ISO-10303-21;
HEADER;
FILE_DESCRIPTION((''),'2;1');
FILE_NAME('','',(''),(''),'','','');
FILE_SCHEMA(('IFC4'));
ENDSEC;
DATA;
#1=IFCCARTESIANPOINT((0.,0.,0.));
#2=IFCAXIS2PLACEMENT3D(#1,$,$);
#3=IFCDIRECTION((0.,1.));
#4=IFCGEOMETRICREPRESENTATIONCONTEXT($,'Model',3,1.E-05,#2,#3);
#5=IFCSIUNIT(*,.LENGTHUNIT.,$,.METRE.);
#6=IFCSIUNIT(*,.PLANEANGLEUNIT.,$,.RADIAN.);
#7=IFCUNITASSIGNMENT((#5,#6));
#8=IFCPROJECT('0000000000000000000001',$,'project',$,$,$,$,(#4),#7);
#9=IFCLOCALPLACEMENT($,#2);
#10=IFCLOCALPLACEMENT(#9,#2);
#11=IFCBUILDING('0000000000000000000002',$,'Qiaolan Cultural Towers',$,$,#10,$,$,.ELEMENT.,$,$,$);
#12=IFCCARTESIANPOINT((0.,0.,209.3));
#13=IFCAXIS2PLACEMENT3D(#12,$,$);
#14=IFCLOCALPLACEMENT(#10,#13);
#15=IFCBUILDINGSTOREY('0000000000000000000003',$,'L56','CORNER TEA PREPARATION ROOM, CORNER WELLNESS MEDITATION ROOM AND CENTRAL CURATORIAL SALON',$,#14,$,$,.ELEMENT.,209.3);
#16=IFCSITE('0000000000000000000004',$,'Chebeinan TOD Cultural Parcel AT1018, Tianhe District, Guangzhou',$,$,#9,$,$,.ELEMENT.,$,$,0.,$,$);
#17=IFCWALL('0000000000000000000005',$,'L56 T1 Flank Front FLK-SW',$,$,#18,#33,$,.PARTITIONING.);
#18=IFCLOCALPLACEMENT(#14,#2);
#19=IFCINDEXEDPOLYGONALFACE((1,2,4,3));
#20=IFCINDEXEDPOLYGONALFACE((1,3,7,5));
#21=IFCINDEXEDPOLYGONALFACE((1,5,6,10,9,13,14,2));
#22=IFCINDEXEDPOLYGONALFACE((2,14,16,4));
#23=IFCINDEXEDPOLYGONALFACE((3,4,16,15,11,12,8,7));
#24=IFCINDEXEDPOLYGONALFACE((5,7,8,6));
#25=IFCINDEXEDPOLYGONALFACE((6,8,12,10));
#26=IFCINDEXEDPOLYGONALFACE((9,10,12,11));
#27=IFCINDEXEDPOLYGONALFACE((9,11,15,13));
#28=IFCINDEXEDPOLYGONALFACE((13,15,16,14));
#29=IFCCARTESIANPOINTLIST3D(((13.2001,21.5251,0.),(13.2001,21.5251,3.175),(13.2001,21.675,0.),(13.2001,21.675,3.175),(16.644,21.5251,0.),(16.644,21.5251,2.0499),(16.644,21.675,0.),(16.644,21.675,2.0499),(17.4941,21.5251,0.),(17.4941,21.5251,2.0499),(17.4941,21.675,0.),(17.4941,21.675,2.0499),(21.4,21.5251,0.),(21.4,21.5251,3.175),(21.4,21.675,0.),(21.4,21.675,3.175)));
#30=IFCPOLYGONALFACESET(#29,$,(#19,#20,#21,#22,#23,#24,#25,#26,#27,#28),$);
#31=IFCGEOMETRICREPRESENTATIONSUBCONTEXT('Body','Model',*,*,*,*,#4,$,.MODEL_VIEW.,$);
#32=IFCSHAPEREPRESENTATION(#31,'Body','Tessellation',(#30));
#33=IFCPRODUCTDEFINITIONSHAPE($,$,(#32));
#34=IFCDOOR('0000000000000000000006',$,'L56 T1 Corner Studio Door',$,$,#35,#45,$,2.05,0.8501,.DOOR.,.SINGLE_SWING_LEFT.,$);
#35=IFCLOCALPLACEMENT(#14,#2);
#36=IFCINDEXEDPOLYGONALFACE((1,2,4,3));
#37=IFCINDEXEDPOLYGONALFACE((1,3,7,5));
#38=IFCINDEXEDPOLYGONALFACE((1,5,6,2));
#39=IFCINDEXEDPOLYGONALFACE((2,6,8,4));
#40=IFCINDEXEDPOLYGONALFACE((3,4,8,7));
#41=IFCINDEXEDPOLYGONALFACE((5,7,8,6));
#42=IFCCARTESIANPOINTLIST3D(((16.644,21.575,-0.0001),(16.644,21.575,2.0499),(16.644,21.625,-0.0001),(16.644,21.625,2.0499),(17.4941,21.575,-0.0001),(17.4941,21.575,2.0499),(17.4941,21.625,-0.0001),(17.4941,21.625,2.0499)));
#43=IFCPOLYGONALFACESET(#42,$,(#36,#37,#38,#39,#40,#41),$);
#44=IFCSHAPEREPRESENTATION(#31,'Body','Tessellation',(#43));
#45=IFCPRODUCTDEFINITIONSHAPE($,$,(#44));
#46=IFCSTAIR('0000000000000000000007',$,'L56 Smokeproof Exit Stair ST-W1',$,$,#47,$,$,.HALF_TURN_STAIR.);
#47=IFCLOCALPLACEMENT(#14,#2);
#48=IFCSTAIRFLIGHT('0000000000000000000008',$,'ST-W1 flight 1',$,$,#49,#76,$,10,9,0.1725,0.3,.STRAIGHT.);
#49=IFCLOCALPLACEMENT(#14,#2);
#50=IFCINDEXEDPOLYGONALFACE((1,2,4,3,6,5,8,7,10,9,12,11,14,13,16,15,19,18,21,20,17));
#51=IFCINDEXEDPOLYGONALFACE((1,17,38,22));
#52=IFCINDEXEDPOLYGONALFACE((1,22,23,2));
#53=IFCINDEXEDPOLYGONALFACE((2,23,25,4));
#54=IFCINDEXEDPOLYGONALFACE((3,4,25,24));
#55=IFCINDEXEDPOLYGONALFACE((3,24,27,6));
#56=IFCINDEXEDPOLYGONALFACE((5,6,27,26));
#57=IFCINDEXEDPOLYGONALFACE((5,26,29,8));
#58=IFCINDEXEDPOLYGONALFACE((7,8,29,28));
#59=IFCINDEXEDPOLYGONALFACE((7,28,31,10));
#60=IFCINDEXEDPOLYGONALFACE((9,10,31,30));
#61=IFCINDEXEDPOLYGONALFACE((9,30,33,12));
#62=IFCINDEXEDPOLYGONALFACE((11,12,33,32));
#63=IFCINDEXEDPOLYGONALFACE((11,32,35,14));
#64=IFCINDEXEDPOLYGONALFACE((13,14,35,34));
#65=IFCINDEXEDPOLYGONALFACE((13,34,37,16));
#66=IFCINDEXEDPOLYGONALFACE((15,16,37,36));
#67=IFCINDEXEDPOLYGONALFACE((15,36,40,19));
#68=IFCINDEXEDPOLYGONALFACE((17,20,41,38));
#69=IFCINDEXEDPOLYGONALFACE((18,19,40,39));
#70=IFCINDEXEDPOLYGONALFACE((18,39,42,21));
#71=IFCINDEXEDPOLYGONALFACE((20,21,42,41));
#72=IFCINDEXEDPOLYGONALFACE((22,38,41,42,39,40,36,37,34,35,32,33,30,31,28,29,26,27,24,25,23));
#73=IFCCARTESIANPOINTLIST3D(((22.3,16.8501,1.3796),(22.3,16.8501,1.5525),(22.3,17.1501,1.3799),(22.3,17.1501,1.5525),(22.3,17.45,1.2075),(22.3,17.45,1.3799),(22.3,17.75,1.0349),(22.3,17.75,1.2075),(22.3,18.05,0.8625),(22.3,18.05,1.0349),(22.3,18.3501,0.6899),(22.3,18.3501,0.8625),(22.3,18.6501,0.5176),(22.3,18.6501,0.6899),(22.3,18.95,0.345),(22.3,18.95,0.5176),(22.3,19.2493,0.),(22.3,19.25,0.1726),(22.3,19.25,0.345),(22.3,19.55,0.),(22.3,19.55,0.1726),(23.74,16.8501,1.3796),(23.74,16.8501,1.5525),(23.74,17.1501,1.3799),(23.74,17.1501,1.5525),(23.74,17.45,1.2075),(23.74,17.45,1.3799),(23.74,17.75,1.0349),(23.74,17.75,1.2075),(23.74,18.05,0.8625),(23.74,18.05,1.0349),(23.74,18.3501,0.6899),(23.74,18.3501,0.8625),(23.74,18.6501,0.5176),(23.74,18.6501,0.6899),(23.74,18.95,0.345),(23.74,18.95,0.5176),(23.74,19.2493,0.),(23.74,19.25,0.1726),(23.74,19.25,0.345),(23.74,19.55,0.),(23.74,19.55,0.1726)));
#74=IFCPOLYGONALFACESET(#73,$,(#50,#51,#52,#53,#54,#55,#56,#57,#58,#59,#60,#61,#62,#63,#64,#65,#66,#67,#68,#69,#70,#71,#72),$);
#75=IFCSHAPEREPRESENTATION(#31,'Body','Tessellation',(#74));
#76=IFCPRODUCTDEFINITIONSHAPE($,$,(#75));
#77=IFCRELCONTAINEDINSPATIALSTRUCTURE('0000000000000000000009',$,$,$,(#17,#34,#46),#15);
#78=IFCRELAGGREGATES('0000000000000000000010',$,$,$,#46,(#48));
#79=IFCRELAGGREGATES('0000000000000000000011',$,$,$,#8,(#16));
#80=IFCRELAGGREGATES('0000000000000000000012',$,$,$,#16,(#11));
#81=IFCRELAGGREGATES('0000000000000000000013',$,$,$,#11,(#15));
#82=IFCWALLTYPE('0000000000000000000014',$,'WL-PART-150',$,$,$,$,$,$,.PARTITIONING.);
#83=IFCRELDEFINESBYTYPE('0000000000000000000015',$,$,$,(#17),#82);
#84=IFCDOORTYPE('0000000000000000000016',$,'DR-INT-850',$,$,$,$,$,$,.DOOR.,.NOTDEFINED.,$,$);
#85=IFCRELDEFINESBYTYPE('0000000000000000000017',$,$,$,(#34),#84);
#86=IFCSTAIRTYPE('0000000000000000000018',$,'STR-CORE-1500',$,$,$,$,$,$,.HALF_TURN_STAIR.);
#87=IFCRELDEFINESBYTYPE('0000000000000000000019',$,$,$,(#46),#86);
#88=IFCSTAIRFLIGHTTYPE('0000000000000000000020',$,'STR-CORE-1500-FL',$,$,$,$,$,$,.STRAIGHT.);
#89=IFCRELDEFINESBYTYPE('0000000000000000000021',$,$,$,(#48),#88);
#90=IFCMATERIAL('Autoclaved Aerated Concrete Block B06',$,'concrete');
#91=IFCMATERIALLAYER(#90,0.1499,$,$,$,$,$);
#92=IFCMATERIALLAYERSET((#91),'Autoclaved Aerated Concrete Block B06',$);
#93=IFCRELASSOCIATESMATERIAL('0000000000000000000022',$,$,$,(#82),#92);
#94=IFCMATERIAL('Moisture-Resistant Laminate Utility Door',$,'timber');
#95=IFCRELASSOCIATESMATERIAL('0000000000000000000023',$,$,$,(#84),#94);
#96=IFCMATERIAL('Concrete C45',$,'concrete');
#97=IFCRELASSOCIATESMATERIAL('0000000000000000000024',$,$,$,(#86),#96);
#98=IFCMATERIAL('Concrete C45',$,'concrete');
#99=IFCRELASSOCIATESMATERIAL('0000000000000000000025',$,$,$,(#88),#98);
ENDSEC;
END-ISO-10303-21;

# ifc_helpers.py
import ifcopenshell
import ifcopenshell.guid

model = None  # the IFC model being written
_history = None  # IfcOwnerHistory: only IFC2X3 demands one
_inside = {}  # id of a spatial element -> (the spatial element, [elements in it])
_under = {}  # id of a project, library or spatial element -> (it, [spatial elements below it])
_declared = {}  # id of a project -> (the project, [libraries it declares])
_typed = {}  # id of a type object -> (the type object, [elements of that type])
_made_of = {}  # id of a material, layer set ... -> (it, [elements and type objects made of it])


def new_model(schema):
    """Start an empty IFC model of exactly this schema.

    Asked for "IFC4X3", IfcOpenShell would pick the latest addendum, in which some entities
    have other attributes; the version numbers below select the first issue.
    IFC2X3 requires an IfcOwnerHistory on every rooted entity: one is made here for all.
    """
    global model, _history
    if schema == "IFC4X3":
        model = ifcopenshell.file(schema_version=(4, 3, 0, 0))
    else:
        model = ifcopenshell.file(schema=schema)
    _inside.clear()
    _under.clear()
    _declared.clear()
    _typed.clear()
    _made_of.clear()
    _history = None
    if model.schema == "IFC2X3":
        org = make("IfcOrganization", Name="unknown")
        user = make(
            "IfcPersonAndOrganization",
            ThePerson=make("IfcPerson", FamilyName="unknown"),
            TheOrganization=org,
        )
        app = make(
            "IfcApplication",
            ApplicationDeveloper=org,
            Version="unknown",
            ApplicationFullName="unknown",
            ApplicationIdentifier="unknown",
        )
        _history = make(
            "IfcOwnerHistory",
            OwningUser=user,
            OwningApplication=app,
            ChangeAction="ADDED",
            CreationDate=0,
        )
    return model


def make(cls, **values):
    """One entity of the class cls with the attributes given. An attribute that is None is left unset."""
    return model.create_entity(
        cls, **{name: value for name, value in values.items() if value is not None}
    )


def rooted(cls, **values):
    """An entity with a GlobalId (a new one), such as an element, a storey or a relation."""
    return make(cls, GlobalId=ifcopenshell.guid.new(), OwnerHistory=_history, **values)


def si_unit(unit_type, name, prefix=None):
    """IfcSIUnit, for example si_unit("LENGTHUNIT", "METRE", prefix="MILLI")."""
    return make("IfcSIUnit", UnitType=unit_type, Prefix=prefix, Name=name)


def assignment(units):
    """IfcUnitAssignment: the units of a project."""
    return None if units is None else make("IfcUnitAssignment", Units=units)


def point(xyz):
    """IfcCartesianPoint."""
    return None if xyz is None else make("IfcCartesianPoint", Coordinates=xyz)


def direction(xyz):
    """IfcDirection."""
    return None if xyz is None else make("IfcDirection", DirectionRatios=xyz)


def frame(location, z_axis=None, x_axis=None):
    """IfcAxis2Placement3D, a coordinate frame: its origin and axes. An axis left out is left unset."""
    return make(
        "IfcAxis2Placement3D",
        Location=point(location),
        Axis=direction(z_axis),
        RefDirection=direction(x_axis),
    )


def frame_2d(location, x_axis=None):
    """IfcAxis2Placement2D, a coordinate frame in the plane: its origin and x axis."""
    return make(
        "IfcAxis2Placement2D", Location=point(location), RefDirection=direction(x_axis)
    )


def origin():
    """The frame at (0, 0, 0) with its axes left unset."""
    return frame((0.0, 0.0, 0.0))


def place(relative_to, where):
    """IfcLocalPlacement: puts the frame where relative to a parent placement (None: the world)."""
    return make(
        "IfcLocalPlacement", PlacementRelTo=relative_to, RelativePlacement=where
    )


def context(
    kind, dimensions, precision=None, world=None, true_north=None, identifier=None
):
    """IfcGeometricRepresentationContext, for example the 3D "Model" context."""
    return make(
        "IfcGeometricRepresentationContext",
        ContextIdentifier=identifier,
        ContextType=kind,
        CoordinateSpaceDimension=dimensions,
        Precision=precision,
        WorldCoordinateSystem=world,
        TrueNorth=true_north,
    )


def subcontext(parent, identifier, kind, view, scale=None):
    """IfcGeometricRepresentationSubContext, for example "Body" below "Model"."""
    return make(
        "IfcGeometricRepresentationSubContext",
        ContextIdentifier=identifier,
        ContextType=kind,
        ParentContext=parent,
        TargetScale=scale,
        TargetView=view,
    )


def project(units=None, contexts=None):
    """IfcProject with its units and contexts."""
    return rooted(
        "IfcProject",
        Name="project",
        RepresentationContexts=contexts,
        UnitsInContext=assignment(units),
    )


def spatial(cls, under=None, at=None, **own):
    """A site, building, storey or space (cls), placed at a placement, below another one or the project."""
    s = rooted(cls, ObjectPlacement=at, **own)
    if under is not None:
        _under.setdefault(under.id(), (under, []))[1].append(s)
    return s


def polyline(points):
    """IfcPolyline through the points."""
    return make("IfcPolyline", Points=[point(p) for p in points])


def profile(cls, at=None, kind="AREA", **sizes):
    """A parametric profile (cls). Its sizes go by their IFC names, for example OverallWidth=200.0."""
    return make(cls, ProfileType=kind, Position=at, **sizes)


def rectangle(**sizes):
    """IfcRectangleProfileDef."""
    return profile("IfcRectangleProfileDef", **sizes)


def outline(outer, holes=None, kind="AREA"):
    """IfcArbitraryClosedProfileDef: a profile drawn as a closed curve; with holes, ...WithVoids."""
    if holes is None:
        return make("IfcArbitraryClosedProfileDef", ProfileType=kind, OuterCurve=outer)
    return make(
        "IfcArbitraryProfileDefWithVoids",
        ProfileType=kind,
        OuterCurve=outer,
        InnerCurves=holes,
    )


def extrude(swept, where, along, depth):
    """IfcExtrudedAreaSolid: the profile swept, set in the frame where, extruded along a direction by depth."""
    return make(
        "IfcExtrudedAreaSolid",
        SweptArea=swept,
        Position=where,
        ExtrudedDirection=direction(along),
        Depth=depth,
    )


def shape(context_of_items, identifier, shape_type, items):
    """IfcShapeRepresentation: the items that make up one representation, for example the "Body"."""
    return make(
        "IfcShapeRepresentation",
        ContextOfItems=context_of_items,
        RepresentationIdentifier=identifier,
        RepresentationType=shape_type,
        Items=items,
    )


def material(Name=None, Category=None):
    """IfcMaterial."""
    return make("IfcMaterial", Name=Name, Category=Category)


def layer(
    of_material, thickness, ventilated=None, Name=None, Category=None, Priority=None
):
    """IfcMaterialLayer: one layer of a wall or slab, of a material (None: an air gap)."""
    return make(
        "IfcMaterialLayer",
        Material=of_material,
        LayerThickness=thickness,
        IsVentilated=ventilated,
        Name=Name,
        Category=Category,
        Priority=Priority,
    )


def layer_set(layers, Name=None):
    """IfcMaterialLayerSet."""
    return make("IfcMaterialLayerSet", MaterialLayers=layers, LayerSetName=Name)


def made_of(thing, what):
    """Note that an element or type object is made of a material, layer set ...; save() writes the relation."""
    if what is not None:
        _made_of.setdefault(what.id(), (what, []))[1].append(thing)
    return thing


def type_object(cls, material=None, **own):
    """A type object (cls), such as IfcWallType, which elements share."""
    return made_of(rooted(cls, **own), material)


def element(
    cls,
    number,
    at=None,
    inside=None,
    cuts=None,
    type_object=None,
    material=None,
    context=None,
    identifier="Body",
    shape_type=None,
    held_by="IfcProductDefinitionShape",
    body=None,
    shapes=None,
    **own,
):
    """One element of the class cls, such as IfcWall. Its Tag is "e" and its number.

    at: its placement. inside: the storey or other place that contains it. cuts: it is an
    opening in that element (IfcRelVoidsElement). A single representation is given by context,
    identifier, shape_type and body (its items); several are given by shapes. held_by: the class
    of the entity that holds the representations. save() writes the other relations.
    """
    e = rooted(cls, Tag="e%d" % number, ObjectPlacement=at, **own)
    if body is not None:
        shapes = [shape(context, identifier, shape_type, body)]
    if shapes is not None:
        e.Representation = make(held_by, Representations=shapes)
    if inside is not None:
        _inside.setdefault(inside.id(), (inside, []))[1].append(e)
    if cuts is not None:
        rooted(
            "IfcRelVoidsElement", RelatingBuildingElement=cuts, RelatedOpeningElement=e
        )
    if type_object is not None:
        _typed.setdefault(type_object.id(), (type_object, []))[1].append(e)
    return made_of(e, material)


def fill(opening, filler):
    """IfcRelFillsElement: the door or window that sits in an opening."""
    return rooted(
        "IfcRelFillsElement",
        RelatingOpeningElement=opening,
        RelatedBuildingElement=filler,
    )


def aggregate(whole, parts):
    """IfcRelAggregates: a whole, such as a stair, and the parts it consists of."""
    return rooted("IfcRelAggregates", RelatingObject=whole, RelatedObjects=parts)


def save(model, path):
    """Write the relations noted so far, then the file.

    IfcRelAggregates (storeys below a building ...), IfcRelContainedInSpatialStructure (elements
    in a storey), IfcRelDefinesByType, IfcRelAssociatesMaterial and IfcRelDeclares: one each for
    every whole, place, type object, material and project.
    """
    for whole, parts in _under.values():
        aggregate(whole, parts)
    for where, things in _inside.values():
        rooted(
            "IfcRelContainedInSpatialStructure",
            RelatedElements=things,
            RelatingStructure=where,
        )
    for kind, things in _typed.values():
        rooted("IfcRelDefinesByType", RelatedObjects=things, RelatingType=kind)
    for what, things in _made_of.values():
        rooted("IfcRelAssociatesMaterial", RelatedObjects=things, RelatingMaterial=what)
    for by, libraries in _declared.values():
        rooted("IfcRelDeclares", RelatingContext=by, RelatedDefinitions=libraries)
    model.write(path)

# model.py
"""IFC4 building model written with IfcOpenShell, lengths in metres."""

from ifc_helpers import new_model, si_unit, direction, frame, frame_2d, origin, place, context, subcontext, project, spatial, polyline, rectangle, outline, extrude, material, layer, layer_set, type_object, element, fill, aggregate, save


model = new_model("IFC4")

# Units and contexts
model_context = context("Model", 3, precision=1e-05, world=origin(), true_north=direction((0.0, 1.0)))
body_context = subcontext(model_context, "Body", "Model", "MODEL_VIEW")
ifc_project = project(units=[si_unit("LENGTHUNIT", "METRE"), si_unit("PLANEANGLEUNIT", "RADIAN")], contexts=[model_context])

# Site, building, storey
site_placement = place(None, origin())
site = spatial("IfcSite", under=ifc_project, at=site_placement, Name="Chebeinan TOD Cultural Parcel AT1018, Tianhe District, Guangzhou", CompositionType="ELEMENT", RefElevation=0.0)
building_placement = place(site_placement, origin())
building = spatial("IfcBuilding", under=site, at=building_placement, Name="Qiaolan Cultural Towers", CompositionType="ELEMENT")
storey_placement = place(building_placement, frame((0.0, 0.0, 209.3)))
storey = spatial("IfcBuildingStorey", under=building, at=storey_placement, Name="L56", Description="CORNER TEA PREPARATION ROOM, CORNER WELLNESS MEDITATION ROOM AND CENTRAL CURATORIAL SALON", CompositionType="ELEMENT", Elevation=209.3)

# Wall, opening, door
ifc_material_1 = material(Name="Autoclaved Aerated Concrete Block B06", Category="concrete")
ifc_layer_1 = layer(ifc_material_1, 0.1499)
ifc_layer_set_1 = layer_set([ifc_layer_1], Name="Autoclaved Aerated Concrete Block B06")
wall_type_1 = type_object("IfcWallType", Name="WL-PART-150", PredefinedType="PARTITIONING", material=ifc_layer_set_1)
wall_1_placement = place(storey_placement, frame((13.2, 21.6001, 0.0), z_axis=(0.0, 0.0, 1.0), x_axis=(1.0, 0.0, 0.0)))
wall_1 = element("IfcWall", 1, at=wall_1_placement, inside=storey, type_object=wall_type_1, Name="L56 T1 Flank Front FLK-SW", PredefinedType="PARTITIONING", context=body_context, shape_type="SweptSolid", body=[
    extrude(rectangle(XDim=8.2, YDim=0.1499, at=frame_2d((4.1001, 0.0))), origin(), (0.0, 0.0, 1.0), 3.175),
])
opening_1_placement = place(wall_1_placement, frame((3.4441, 0.0, 0.0)))
opening_1 = element("IfcOpeningElement", 2, at=opening_1_placement, cuts=wall_1, PredefinedType="OPENING", context=body_context, shape_type="SweptSolid", body=[
    extrude(rectangle(XDim=0.8501, YDim=2.05, at=frame_2d((0.425, 1.0249))), frame((0.0, 0.085, 0.0), z_axis=(0.0, -1.0, 0.0), x_axis=(1.0, 0.0, 0.0)), (0.0, 0.0, 1.0), 0.1699),
])
ifc_material_2 = material(Name="Moisture-Resistant Laminate Utility Door", Category="timber")
door_type_1 = type_object("IfcDoorType", Name="DR-INT-850", OperationType="NOTDEFINED", PredefinedType="DOOR", material=ifc_material_2)
door_1_placement = place(opening_1_placement, origin())
door_1 = element("IfcDoor", 3, at=door_1_placement, inside=storey, type_object=door_type_1, Name="L56 T1 Corner Studio Door", OperationType="SINGLE_SWING_LEFT", OverallHeight=2.05, OverallWidth=0.8501, PredefinedType="DOOR", context=body_context, shape_type="SweptSolid", body=[
    extrude(rectangle(XDim=0.8501, YDim=2.05, at=frame_2d((0.425, 1.0249))), frame((0.0, 0.0249, 0.0), z_axis=(0.0, -1.0, 0.0), x_axis=(1.0, 0.0, 0.0)), (0.0, 0.0, 1.0), 0.05),
])
fill(opening_1, door_1)

# Stair, stair flight
ifc_material_3 = material(Name="Concrete C45", Category="concrete")
stair_type = type_object("IfcStairType", Name="STR-CORE-1500", PredefinedType="HALF_TURN_STAIR", material=ifc_material_3)
stair_placement = place(storey_placement, origin())
stair = element("IfcStair", 4, at=stair_placement, inside=storey, type_object=stair_type, Name="L56 Smokeproof Exit Stair ST-W1", PredefinedType="HALF_TURN_STAIR")
ifc_material_4 = material(Name="Concrete C45", Category="concrete")
stair_flight_type = type_object("IfcStairFlightType", Name="STR-CORE-1500-FL", PredefinedType="STRAIGHT", material=ifc_material_4)
stair_flight_placement = place(storey_placement, frame((23.02, 19.55, 0.0), z_axis=(0.0, 0.0, 1.0), x_axis=(0.0, -1.0, 0.0)))
stair_flight = element("IfcStairFlight", 5, at=stair_flight_placement, type_object=stair_flight_type, Name="ST-W1 flight 1", NumberOfRisers=10, NumberOfTreads=9, PredefinedType="STRAIGHT", RiserHeight=0.1725, TreadLength=0.3, context=body_context, shape_type="SweptSolid", body=[
    extrude(outline(polyline([(0.0, 0.0), (0.0, 0.1726), (0.3, 0.1726), (0.3, 0.345), (0.6001, 0.345), (0.6001, 0.5176), (0.8999, 0.5176), (0.8999, 0.6899), (1.2, 0.6899), (1.2, 0.8625), (1.5, 0.8625), (1.5, 1.0349), (1.8, 1.0349), (1.8, 1.2075), (2.1001, 1.2075), (2.1001, 1.3799), (2.3999, 1.3799), (2.3999, 1.5525), (2.7, 1.5525), (2.7, 1.7251), (2.7, 1.3796), (0.3008, 0.0), (0.0, 0.0)])), frame((0.0, 0.72, 0.0), z_axis=(0.0, -1.0, 0.0), x_axis=(1.0, 0.0, 0.0)), (0.0, 0.0, 1.0), 1.4399),
])
aggregate(stair, [stair_flight])

save(model, "model.ifc")
